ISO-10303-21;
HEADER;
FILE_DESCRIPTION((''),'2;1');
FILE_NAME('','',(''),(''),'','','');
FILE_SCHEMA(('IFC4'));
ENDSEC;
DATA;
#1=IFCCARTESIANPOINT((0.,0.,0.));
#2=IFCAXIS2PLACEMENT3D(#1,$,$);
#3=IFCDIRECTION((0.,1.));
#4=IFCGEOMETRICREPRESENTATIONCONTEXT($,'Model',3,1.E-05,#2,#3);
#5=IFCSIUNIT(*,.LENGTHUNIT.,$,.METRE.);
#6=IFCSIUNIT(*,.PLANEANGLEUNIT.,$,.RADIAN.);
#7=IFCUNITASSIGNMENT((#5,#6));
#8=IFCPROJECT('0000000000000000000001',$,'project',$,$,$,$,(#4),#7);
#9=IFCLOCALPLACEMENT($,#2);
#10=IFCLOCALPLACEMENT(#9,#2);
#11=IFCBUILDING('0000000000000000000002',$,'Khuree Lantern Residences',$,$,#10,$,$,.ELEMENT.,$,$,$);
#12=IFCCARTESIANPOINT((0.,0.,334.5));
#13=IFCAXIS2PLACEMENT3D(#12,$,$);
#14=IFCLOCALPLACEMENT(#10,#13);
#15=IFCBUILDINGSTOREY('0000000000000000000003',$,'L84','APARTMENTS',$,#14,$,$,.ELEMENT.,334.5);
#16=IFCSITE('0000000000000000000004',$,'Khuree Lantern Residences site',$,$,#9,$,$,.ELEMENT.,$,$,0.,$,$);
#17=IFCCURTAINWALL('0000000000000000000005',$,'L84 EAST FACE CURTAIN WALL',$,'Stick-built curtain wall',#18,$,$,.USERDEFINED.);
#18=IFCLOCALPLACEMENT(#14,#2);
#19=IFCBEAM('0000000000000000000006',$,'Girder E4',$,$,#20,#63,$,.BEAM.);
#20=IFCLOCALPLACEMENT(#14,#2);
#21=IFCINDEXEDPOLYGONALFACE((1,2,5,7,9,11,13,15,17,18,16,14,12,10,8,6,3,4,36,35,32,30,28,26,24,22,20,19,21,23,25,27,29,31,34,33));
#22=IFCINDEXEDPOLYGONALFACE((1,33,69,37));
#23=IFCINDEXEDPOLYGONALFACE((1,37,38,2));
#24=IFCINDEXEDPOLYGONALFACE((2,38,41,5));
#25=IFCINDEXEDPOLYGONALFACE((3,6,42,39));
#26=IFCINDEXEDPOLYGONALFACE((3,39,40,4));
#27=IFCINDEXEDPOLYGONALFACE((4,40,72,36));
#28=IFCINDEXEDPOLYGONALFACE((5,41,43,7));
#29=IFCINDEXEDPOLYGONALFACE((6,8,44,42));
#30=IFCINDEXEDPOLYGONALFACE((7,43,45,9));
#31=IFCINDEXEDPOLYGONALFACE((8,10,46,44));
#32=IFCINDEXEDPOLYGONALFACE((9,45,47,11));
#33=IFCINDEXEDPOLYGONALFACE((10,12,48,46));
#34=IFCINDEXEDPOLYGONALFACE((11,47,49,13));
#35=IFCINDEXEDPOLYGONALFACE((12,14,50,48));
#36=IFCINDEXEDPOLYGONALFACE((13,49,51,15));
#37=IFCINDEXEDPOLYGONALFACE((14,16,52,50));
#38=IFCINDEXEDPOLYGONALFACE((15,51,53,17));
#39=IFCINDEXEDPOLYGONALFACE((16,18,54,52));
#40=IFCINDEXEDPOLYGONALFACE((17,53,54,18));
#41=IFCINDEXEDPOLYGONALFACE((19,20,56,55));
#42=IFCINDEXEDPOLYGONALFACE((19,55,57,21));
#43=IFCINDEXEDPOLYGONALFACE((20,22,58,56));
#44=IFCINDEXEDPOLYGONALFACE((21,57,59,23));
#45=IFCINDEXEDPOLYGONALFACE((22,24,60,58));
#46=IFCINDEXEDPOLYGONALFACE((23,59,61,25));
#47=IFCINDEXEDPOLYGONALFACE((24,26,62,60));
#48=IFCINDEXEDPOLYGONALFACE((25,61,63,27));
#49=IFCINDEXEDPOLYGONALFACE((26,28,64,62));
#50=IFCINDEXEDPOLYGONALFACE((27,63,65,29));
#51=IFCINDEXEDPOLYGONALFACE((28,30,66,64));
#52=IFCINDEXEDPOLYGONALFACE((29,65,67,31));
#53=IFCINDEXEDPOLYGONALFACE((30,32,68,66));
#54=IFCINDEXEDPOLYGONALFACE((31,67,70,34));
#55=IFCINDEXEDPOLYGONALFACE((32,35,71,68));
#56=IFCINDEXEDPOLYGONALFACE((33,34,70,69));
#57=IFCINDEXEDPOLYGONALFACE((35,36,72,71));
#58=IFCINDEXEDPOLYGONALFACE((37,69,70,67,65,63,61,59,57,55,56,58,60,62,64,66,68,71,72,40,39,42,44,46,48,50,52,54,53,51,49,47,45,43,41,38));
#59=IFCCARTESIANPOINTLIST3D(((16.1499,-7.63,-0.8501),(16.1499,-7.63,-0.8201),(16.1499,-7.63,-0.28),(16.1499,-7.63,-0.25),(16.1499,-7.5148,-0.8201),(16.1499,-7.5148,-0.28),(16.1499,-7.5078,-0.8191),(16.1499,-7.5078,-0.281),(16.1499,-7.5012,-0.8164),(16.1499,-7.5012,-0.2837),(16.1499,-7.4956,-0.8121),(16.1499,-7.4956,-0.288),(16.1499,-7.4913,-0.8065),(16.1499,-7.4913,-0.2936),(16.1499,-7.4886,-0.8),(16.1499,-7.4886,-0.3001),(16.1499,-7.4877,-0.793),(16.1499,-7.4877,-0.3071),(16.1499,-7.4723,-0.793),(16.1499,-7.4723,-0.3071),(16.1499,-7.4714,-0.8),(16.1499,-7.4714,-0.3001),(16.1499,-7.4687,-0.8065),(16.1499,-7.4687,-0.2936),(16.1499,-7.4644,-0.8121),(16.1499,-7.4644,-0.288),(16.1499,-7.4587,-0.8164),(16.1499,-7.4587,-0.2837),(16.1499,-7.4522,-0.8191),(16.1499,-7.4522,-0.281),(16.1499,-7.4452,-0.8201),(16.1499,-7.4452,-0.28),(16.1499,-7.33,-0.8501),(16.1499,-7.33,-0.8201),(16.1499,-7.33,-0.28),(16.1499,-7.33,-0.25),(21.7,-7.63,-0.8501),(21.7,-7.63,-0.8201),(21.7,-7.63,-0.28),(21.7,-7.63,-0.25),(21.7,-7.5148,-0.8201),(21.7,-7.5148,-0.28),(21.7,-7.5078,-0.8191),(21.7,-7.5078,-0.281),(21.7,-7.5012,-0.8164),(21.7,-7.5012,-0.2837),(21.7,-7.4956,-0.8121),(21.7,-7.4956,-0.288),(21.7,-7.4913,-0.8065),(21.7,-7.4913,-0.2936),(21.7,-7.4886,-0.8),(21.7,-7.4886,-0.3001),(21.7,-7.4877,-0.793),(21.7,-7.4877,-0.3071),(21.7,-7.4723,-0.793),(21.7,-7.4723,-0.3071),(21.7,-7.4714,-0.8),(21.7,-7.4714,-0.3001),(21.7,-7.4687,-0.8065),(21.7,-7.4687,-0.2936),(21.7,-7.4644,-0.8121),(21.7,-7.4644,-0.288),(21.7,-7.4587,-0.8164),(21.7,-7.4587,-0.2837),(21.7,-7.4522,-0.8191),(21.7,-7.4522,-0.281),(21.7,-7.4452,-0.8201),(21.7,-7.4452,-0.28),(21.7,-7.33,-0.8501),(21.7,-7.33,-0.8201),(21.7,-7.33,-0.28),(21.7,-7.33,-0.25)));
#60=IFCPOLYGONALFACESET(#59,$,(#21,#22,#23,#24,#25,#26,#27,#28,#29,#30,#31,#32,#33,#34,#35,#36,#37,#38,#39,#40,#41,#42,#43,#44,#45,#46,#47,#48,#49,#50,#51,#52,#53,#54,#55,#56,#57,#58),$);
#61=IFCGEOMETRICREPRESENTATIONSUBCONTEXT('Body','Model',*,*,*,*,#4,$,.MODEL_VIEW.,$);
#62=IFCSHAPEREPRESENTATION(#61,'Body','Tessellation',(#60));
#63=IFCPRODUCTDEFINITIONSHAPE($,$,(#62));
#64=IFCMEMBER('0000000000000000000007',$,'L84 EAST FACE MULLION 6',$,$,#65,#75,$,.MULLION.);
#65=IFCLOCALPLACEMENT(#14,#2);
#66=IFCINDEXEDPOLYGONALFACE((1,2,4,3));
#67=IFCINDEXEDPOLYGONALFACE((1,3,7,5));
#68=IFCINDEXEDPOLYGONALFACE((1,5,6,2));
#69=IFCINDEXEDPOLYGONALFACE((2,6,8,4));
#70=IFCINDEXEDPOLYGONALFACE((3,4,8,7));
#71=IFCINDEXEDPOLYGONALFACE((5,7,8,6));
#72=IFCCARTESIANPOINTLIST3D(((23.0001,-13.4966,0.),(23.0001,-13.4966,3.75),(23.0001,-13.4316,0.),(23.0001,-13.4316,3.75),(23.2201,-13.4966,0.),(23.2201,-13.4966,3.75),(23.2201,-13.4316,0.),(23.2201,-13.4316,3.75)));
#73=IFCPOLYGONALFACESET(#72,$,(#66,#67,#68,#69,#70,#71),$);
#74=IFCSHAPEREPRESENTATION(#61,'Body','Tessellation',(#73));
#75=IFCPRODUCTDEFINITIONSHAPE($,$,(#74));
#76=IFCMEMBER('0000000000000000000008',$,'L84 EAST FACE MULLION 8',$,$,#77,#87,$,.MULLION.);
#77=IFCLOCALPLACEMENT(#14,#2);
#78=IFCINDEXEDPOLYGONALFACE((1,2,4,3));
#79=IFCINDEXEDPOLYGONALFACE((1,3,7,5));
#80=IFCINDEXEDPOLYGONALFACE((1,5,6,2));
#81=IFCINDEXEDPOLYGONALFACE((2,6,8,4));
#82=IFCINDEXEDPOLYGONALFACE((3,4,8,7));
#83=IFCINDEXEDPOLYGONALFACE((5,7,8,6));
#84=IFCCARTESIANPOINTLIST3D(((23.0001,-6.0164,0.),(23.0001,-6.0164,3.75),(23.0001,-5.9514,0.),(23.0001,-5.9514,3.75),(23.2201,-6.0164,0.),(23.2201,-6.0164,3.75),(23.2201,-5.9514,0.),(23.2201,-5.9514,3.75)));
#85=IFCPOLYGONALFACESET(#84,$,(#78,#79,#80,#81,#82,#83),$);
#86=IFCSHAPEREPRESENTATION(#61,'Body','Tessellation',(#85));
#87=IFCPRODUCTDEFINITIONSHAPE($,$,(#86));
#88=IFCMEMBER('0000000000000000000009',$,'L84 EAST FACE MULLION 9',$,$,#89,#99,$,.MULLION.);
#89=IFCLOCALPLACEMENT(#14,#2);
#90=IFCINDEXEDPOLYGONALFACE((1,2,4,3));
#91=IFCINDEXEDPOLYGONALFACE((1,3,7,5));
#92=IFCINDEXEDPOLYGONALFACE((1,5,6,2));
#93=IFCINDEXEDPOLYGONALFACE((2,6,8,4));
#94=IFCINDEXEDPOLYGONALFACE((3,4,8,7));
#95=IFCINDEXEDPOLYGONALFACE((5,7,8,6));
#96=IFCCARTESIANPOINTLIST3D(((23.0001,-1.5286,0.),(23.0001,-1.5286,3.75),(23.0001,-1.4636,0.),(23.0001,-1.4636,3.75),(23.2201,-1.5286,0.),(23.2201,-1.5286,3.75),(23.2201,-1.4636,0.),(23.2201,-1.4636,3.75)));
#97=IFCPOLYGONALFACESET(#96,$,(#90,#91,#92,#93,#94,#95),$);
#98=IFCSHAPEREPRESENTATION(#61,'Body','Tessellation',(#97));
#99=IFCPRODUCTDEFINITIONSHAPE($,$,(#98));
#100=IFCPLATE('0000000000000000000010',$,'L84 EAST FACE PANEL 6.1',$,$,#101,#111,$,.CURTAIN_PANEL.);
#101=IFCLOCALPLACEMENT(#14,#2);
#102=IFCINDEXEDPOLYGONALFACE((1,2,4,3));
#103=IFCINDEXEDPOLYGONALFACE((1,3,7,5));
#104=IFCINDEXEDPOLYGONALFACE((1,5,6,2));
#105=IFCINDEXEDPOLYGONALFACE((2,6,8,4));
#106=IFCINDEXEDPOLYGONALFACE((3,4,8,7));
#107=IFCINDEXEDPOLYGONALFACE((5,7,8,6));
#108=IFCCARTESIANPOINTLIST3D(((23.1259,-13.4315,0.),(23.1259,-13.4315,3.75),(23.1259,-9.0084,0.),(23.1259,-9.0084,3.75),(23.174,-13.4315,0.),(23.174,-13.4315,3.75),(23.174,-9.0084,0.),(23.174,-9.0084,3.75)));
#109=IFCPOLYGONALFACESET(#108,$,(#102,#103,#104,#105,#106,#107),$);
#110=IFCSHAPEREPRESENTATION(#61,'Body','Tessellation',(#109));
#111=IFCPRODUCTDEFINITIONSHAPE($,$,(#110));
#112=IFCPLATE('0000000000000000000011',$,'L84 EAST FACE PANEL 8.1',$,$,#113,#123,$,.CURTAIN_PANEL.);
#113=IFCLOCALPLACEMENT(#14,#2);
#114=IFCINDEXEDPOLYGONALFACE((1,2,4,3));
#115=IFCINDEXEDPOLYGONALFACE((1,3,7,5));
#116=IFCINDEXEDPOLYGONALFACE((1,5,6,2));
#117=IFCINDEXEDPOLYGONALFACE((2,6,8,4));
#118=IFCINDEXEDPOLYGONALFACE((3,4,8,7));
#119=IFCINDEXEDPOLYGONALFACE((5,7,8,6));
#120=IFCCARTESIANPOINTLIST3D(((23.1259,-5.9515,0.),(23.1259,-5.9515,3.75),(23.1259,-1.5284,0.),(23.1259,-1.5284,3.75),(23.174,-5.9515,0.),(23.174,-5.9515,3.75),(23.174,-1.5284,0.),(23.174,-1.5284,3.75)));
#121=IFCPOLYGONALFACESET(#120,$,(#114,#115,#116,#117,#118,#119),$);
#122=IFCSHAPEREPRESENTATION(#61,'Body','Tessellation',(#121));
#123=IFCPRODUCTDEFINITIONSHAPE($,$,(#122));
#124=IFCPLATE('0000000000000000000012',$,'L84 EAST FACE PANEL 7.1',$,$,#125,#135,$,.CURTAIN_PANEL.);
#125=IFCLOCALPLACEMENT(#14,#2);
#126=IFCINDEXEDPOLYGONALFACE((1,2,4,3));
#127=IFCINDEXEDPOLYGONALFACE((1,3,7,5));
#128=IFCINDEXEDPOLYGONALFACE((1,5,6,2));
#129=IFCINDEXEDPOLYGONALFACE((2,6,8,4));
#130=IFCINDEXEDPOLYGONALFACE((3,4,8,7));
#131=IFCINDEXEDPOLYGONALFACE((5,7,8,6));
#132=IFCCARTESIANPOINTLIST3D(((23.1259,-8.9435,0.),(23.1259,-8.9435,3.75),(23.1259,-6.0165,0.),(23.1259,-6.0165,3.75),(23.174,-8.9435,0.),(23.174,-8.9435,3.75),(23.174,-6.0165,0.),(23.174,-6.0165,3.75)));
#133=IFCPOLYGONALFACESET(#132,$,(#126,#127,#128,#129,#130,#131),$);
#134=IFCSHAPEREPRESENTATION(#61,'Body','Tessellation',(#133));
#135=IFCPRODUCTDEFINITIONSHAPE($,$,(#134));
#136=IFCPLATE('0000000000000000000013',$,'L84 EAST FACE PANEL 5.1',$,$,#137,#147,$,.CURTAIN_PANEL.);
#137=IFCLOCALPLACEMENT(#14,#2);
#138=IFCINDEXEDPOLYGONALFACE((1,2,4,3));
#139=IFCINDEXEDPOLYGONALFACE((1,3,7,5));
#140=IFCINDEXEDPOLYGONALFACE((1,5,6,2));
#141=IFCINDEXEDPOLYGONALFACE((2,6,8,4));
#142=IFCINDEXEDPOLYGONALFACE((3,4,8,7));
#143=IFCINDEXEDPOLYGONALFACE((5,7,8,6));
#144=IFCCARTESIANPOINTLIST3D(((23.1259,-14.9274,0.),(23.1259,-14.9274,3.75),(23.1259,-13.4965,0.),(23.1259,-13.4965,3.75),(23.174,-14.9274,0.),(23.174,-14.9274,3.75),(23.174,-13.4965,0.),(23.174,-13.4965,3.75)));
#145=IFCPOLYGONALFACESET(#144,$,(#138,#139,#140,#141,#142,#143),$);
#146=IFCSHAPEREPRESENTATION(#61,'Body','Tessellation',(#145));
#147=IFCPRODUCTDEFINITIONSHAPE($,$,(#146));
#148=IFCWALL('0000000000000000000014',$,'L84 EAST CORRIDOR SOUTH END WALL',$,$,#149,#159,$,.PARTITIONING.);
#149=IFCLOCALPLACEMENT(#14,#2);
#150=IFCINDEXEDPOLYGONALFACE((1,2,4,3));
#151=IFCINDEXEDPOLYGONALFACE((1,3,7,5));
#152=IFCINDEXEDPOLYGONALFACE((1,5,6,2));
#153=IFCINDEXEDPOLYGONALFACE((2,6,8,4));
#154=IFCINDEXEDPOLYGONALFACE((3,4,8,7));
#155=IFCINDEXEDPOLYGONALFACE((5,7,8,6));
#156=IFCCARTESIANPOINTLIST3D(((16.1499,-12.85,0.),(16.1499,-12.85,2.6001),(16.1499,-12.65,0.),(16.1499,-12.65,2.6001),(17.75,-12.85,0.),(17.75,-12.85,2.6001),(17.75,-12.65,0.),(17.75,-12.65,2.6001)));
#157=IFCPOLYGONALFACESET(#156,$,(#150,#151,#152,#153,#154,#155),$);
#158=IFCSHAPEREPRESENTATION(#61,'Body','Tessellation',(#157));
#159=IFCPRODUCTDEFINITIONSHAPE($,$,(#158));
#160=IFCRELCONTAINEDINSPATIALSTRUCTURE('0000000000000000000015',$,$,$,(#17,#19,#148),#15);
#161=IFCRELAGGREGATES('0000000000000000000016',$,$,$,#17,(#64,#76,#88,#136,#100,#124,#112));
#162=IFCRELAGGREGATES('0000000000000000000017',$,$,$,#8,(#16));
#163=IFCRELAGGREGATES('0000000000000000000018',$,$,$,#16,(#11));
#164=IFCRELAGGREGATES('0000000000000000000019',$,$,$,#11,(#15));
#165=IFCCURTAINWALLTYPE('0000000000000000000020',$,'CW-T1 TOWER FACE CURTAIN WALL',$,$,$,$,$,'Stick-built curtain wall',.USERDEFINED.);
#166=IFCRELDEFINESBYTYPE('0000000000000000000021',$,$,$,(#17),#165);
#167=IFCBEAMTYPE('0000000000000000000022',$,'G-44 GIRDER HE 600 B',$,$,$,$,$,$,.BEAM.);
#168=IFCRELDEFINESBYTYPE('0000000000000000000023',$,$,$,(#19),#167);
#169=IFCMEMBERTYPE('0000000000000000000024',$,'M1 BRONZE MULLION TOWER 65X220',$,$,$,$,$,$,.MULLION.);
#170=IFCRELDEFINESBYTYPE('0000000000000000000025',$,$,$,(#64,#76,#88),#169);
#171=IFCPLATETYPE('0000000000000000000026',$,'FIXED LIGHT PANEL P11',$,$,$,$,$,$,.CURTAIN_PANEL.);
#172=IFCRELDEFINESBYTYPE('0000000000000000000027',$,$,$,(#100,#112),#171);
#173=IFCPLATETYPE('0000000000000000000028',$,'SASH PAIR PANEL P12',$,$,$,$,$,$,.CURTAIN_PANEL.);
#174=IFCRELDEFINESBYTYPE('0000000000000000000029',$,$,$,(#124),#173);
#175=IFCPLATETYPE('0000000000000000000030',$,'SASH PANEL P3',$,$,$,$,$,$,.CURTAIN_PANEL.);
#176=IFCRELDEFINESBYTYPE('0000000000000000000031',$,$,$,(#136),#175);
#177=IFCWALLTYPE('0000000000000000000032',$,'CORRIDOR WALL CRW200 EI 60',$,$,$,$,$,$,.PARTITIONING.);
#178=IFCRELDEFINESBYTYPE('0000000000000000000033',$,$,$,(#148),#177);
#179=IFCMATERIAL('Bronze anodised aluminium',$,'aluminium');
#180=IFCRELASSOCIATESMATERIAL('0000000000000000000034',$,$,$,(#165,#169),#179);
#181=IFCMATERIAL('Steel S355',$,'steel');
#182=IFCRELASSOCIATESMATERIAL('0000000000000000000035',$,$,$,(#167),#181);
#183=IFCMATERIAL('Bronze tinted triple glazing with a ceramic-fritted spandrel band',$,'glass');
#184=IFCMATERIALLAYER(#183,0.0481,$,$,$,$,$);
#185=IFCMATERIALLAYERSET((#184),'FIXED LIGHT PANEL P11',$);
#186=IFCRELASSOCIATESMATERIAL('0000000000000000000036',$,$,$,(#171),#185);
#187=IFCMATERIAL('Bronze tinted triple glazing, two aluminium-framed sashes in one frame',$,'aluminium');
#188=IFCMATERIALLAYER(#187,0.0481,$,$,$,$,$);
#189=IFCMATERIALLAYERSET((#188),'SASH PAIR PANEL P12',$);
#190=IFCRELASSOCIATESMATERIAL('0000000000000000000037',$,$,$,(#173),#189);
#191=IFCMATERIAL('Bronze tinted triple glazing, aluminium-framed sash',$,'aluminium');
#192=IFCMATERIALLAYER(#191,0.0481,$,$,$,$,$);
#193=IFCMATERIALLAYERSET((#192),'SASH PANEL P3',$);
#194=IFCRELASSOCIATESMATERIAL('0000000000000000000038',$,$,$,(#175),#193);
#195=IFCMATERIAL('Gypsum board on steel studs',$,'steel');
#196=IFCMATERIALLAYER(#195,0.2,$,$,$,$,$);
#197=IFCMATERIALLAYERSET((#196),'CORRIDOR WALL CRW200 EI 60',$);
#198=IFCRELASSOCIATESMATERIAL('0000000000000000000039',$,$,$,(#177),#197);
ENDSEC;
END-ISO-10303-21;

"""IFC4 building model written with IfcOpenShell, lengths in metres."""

from ifc_helpers import new_model, si_unit, direction, frame, frame_2d, origin, origin_2d, place, context, subcontext, project, spatial, rectangle, i_section, extrude, material, layer, layer_set, material_profile, profile_set, type_object, element, aggregate, save


model = new_model("IFC4")

# Units and contexts
model_context = context("Model", 3, precision=1e-05, world=origin(), true_north=direction((0.0, 1.0)))
body_context = subcontext(model_context, "Body", "Model", "MODEL_VIEW")
ifc_project = project(units=[si_unit("LENGTHUNIT", "METRE"), si_unit("PLANEANGLEUNIT", "RADIAN")], contexts=[model_context])

# Site, building, storey
site_placement = place(None, origin())
site = spatial("IfcSite", under=ifc_project, at=site_placement, Name="Khuree Lantern Residences site", CompositionType="ELEMENT", RefElevation=0.0)
building_placement = place(site_placement, origin())
building = spatial("IfcBuilding", under=site, at=building_placement, Name="Khuree Lantern Residences", CompositionType="ELEMENT")
storey_placement = place(building_placement, frame((0.0, 0.0, 334.5)))
storey = spatial("IfcBuildingStorey", under=building, at=storey_placement, Name="L84", Description="APARTMENTS", CompositionType="ELEMENT", Elevation=334.5)

# Shared definitions
ifc_material_1 = material(Name="Steel S355", Category="steel")

# Curtain wall
ifc_material_2 = material(Name="Bronze anodised aluminium", Category="aluminium")
curtain_wall_type = type_object("IfcCurtainWallType", Name="CW-T1 TOWER FACE CURTAIN WALL", ElementType="Stick-built curtain wall", PredefinedType="USERDEFINED", material=ifc_material_2)
curtain_wall_placement = place(storey_placement, origin())
curtain_wall = element("IfcCurtainWall", 1, at=curtain_wall_placement, inside=storey, type_object=curtain_wall_type, Name="L84 EAST FACE CURTAIN WALL", ObjectType="Stick-built curtain wall", PredefinedType="USERDEFINED")

# Beam
ifc_material_profile_1 = material_profile(ifc_material_1, i_section(OverallWidth=0.3, OverallDepth=0.6001, WebThickness=0.0154, FlangeThickness=0.03, FilletRadius=0.0271, at=origin_2d()), Name="HE 600 B")
ifc_profile_set_1 = profile_set([ifc_material_profile_1], Name="Steel S355")
beam_type_1 = type_object("IfcBeamType", Name="G-44 GIRDER HE 600 B", PredefinedType="BEAM", material=ifc_profile_set_1)
beam_1_placement = place(storey_placement, frame((21.7, -7.48, -0.55), z_axis=(-1.0, 0.0, 0.0), x_axis=(0.0, -1.0, 0.0)))
element("IfcBeam", 2, at=beam_1_placement, inside=storey, type_object=beam_type_1, Name="Girder E4", PredefinedType="BEAM", context=body_context, shape_type="SweptSolid", body=[
    extrude(i_section(OverallWidth=0.3, OverallDepth=0.6001, WebThickness=0.0154, FlangeThickness=0.03, FilletRadius=0.0271, at=origin_2d()), origin(), (0.0, 0.0, 1.0), 5.55),
])

# Members
ifc_material_profile_2 = material_profile(ifc_material_2, rectangle(XDim=0.0649, YDim=0.22, at=origin_2d()), Name="M1 65X220")
ifc_profile_set_2 = profile_set([ifc_material_profile_2], Name="Bronze anodised aluminium")
member_type_1 = type_object("IfcMemberType", Name="M1 BRONZE MULLION TOWER 65X220", PredefinedType="MULLION", material=ifc_profile_set_2)
member_1_placement = place(storey_placement, frame((23.1101, -13.4641, 0.0), z_axis=(0.0, 0.0, 1.0), x_axis=(0.0, 1.0, 0.0)))
member_1 = element("IfcMember", 3, at=member_1_placement, type_object=member_type_1, Name="L84 EAST FACE MULLION 6", PredefinedType="MULLION", context=body_context, shape_type="SweptSolid", body=[
    extrude(rectangle(XDim=0.0649, YDim=0.22, at=origin_2d()), origin(), (0.0, 0.0, 1.0), 3.75),
])
member_2_placement = place(storey_placement, frame((23.1101, -5.9839, 0.0), z_axis=(0.0, 0.0, 1.0), x_axis=(0.0, 1.0, 0.0)))
member_2 = element("IfcMember", 4, at=member_2_placement, type_object=member_type_1, Name="L84 EAST FACE MULLION 8", PredefinedType="MULLION", context=body_context, shape_type="SweptSolid", body=[
    extrude(rectangle(XDim=0.0649, YDim=0.22, at=origin_2d()), origin(), (0.0, 0.0, 1.0), 3.75),
])
member_3_placement = place(storey_placement, frame((23.1101, -1.4961, 0.0), z_axis=(0.0, 0.0, 1.0), x_axis=(0.0, 1.0, 0.0)))
member_3 = element("IfcMember", 5, at=member_3_placement, type_object=member_type_1, Name="L84 EAST FACE MULLION 9", PredefinedType="MULLION", context=body_context, shape_type="SweptSolid", body=[
    extrude(rectangle(XDim=0.0649, YDim=0.22, at=origin_2d()), origin(), (0.0, 0.0, 1.0), 3.75),
])

# Plates
ifc_material_3 = material(Name="Bronze tinted triple glazing with a ceramic-fritted spandrel band", Category="glass")
ifc_layer_1 = layer(ifc_material_3, 0.0481)
ifc_layer_set_1 = layer_set([ifc_layer_1], Name="FIXED LIGHT PANEL P11")
plate_type_1 = type_object("IfcPlateType", Name="FIXED LIGHT PANEL P11", PredefinedType="CURTAIN_PANEL", material=ifc_layer_set_1)
plate_1_placement = place(storey_placement, frame((23.1499, -11.22, 0.0), z_axis=(0.0, 0.0, 1.0), x_axis=(0.0, 1.0, 0.0)))
plate_1 = element("IfcPlate", 6, at=plate_1_placement, type_object=plate_type_1, Name="L84 EAST FACE PANEL 6.1", PredefinedType="CURTAIN_PANEL", context=body_context, shape_type="SweptSolid", body=[
    extrude(rectangle(XDim=4.4231, YDim=0.0481, at=origin_2d()), origin(), (0.0, 0.0, 1.0), 3.75),
])
plate_2_placement = place(storey_placement, frame((23.1499, -3.74, 0.0), z_axis=(0.0, 0.0, 1.0), x_axis=(0.0, 1.0, 0.0)))
plate_2 = element("IfcPlate", 7, at=plate_2_placement, type_object=plate_type_1, Name="L84 EAST FACE PANEL 8.1", PredefinedType="CURTAIN_PANEL", context=body_context, shape_type="SweptSolid", body=[
    extrude(rectangle(XDim=4.4231, YDim=0.0481, at=origin_2d()), origin(), (0.0, 0.0, 1.0), 3.75),
])
ifc_material_4 = material(Name="Bronze tinted triple glazing, two aluminium-framed sashes in one frame", Category="aluminium")
ifc_layer_2 = layer(ifc_material_4, 0.0481)
ifc_layer_set_2 = layer_set([ifc_layer_2], Name="SASH PAIR PANEL P12")
plate_type_2 = type_object("IfcPlateType", Name="SASH PAIR PANEL P12", PredefinedType="CURTAIN_PANEL", material=ifc_layer_set_2)
plate_3_placement = place(storey_placement, frame((23.1499, -7.48, 0.0), z_axis=(0.0, 0.0, 1.0), x_axis=(0.0, 1.0, 0.0)))
plate_3 = element("IfcPlate", 8, at=plate_3_placement, type_object=plate_type_2, Name="L84 EAST FACE PANEL 7.1", PredefinedType="CURTAIN_PANEL", context=body_context, shape_type="SweptSolid", body=[
    extrude(rectangle(XDim=2.927, YDim=0.0481, at=origin_2d()), origin(), (0.0, 0.0, 1.0), 3.75),
])
ifc_material_5 = material(Name="Bronze tinted triple glazing, aluminium-framed sash", Category="aluminium")
ifc_layer_3 = layer(ifc_material_5, 0.0481)
ifc_layer_set_3 = layer_set([ifc_layer_3], Name="SASH PANEL P3")
plate_type_3 = type_object("IfcPlateType", Name="SASH PANEL P3", PredefinedType="CURTAIN_PANEL", material=ifc_layer_set_3)
plate_4_placement = place(storey_placement, frame((23.1499, -14.2119, 0.0), z_axis=(0.0, 0.0, 1.0), x_axis=(0.0, 1.0, 0.0)))
plate_4 = element("IfcPlate", 9, at=plate_4_placement, type_object=plate_type_3, Name="L84 EAST FACE PANEL 5.1", PredefinedType="CURTAIN_PANEL", context=body_context, shape_type="SweptSolid", body=[
    extrude(rectangle(XDim=1.4309, YDim=0.0481, at=origin_2d()), origin(), (0.0, 0.0, 1.0), 3.75),
])
aggregate(curtain_wall, [member_1, member_2, member_3, plate_4, plate_1, plate_3, plate_2])

# Wall
ifc_material_6 = material(Name="Gypsum board on steel studs", Category="steel")
ifc_layer_4 = layer(ifc_material_6, 0.2)
ifc_layer_set_4 = layer_set([ifc_layer_4], Name="CORRIDOR WALL CRW200 EI 60")
wall_type_1 = type_object("IfcWallType", Name="CORRIDOR WALL CRW200 EI 60", PredefinedType="PARTITIONING", material=ifc_layer_set_4)
wall_1_placement = place(storey_placement, frame((16.1499, -12.75, 0.0), z_axis=(0.0, 0.0, 1.0), x_axis=(1.0, 0.0, 0.0)))
element("IfcWall", 10, at=wall_1_placement, inside=storey, type_object=wall_type_1, Name="L84 EAST CORRIDOR SOUTH END WALL", PredefinedType="PARTITIONING", context=body_context, shape_type="SweptSolid", body=[
    extrude(rectangle(XDim=1.6001, YDim=0.2, at=frame_2d((0.8, 0.0))), origin(), (0.0, 0.0, 1.0), 2.6001),
])

save(model, "model.ifc")
